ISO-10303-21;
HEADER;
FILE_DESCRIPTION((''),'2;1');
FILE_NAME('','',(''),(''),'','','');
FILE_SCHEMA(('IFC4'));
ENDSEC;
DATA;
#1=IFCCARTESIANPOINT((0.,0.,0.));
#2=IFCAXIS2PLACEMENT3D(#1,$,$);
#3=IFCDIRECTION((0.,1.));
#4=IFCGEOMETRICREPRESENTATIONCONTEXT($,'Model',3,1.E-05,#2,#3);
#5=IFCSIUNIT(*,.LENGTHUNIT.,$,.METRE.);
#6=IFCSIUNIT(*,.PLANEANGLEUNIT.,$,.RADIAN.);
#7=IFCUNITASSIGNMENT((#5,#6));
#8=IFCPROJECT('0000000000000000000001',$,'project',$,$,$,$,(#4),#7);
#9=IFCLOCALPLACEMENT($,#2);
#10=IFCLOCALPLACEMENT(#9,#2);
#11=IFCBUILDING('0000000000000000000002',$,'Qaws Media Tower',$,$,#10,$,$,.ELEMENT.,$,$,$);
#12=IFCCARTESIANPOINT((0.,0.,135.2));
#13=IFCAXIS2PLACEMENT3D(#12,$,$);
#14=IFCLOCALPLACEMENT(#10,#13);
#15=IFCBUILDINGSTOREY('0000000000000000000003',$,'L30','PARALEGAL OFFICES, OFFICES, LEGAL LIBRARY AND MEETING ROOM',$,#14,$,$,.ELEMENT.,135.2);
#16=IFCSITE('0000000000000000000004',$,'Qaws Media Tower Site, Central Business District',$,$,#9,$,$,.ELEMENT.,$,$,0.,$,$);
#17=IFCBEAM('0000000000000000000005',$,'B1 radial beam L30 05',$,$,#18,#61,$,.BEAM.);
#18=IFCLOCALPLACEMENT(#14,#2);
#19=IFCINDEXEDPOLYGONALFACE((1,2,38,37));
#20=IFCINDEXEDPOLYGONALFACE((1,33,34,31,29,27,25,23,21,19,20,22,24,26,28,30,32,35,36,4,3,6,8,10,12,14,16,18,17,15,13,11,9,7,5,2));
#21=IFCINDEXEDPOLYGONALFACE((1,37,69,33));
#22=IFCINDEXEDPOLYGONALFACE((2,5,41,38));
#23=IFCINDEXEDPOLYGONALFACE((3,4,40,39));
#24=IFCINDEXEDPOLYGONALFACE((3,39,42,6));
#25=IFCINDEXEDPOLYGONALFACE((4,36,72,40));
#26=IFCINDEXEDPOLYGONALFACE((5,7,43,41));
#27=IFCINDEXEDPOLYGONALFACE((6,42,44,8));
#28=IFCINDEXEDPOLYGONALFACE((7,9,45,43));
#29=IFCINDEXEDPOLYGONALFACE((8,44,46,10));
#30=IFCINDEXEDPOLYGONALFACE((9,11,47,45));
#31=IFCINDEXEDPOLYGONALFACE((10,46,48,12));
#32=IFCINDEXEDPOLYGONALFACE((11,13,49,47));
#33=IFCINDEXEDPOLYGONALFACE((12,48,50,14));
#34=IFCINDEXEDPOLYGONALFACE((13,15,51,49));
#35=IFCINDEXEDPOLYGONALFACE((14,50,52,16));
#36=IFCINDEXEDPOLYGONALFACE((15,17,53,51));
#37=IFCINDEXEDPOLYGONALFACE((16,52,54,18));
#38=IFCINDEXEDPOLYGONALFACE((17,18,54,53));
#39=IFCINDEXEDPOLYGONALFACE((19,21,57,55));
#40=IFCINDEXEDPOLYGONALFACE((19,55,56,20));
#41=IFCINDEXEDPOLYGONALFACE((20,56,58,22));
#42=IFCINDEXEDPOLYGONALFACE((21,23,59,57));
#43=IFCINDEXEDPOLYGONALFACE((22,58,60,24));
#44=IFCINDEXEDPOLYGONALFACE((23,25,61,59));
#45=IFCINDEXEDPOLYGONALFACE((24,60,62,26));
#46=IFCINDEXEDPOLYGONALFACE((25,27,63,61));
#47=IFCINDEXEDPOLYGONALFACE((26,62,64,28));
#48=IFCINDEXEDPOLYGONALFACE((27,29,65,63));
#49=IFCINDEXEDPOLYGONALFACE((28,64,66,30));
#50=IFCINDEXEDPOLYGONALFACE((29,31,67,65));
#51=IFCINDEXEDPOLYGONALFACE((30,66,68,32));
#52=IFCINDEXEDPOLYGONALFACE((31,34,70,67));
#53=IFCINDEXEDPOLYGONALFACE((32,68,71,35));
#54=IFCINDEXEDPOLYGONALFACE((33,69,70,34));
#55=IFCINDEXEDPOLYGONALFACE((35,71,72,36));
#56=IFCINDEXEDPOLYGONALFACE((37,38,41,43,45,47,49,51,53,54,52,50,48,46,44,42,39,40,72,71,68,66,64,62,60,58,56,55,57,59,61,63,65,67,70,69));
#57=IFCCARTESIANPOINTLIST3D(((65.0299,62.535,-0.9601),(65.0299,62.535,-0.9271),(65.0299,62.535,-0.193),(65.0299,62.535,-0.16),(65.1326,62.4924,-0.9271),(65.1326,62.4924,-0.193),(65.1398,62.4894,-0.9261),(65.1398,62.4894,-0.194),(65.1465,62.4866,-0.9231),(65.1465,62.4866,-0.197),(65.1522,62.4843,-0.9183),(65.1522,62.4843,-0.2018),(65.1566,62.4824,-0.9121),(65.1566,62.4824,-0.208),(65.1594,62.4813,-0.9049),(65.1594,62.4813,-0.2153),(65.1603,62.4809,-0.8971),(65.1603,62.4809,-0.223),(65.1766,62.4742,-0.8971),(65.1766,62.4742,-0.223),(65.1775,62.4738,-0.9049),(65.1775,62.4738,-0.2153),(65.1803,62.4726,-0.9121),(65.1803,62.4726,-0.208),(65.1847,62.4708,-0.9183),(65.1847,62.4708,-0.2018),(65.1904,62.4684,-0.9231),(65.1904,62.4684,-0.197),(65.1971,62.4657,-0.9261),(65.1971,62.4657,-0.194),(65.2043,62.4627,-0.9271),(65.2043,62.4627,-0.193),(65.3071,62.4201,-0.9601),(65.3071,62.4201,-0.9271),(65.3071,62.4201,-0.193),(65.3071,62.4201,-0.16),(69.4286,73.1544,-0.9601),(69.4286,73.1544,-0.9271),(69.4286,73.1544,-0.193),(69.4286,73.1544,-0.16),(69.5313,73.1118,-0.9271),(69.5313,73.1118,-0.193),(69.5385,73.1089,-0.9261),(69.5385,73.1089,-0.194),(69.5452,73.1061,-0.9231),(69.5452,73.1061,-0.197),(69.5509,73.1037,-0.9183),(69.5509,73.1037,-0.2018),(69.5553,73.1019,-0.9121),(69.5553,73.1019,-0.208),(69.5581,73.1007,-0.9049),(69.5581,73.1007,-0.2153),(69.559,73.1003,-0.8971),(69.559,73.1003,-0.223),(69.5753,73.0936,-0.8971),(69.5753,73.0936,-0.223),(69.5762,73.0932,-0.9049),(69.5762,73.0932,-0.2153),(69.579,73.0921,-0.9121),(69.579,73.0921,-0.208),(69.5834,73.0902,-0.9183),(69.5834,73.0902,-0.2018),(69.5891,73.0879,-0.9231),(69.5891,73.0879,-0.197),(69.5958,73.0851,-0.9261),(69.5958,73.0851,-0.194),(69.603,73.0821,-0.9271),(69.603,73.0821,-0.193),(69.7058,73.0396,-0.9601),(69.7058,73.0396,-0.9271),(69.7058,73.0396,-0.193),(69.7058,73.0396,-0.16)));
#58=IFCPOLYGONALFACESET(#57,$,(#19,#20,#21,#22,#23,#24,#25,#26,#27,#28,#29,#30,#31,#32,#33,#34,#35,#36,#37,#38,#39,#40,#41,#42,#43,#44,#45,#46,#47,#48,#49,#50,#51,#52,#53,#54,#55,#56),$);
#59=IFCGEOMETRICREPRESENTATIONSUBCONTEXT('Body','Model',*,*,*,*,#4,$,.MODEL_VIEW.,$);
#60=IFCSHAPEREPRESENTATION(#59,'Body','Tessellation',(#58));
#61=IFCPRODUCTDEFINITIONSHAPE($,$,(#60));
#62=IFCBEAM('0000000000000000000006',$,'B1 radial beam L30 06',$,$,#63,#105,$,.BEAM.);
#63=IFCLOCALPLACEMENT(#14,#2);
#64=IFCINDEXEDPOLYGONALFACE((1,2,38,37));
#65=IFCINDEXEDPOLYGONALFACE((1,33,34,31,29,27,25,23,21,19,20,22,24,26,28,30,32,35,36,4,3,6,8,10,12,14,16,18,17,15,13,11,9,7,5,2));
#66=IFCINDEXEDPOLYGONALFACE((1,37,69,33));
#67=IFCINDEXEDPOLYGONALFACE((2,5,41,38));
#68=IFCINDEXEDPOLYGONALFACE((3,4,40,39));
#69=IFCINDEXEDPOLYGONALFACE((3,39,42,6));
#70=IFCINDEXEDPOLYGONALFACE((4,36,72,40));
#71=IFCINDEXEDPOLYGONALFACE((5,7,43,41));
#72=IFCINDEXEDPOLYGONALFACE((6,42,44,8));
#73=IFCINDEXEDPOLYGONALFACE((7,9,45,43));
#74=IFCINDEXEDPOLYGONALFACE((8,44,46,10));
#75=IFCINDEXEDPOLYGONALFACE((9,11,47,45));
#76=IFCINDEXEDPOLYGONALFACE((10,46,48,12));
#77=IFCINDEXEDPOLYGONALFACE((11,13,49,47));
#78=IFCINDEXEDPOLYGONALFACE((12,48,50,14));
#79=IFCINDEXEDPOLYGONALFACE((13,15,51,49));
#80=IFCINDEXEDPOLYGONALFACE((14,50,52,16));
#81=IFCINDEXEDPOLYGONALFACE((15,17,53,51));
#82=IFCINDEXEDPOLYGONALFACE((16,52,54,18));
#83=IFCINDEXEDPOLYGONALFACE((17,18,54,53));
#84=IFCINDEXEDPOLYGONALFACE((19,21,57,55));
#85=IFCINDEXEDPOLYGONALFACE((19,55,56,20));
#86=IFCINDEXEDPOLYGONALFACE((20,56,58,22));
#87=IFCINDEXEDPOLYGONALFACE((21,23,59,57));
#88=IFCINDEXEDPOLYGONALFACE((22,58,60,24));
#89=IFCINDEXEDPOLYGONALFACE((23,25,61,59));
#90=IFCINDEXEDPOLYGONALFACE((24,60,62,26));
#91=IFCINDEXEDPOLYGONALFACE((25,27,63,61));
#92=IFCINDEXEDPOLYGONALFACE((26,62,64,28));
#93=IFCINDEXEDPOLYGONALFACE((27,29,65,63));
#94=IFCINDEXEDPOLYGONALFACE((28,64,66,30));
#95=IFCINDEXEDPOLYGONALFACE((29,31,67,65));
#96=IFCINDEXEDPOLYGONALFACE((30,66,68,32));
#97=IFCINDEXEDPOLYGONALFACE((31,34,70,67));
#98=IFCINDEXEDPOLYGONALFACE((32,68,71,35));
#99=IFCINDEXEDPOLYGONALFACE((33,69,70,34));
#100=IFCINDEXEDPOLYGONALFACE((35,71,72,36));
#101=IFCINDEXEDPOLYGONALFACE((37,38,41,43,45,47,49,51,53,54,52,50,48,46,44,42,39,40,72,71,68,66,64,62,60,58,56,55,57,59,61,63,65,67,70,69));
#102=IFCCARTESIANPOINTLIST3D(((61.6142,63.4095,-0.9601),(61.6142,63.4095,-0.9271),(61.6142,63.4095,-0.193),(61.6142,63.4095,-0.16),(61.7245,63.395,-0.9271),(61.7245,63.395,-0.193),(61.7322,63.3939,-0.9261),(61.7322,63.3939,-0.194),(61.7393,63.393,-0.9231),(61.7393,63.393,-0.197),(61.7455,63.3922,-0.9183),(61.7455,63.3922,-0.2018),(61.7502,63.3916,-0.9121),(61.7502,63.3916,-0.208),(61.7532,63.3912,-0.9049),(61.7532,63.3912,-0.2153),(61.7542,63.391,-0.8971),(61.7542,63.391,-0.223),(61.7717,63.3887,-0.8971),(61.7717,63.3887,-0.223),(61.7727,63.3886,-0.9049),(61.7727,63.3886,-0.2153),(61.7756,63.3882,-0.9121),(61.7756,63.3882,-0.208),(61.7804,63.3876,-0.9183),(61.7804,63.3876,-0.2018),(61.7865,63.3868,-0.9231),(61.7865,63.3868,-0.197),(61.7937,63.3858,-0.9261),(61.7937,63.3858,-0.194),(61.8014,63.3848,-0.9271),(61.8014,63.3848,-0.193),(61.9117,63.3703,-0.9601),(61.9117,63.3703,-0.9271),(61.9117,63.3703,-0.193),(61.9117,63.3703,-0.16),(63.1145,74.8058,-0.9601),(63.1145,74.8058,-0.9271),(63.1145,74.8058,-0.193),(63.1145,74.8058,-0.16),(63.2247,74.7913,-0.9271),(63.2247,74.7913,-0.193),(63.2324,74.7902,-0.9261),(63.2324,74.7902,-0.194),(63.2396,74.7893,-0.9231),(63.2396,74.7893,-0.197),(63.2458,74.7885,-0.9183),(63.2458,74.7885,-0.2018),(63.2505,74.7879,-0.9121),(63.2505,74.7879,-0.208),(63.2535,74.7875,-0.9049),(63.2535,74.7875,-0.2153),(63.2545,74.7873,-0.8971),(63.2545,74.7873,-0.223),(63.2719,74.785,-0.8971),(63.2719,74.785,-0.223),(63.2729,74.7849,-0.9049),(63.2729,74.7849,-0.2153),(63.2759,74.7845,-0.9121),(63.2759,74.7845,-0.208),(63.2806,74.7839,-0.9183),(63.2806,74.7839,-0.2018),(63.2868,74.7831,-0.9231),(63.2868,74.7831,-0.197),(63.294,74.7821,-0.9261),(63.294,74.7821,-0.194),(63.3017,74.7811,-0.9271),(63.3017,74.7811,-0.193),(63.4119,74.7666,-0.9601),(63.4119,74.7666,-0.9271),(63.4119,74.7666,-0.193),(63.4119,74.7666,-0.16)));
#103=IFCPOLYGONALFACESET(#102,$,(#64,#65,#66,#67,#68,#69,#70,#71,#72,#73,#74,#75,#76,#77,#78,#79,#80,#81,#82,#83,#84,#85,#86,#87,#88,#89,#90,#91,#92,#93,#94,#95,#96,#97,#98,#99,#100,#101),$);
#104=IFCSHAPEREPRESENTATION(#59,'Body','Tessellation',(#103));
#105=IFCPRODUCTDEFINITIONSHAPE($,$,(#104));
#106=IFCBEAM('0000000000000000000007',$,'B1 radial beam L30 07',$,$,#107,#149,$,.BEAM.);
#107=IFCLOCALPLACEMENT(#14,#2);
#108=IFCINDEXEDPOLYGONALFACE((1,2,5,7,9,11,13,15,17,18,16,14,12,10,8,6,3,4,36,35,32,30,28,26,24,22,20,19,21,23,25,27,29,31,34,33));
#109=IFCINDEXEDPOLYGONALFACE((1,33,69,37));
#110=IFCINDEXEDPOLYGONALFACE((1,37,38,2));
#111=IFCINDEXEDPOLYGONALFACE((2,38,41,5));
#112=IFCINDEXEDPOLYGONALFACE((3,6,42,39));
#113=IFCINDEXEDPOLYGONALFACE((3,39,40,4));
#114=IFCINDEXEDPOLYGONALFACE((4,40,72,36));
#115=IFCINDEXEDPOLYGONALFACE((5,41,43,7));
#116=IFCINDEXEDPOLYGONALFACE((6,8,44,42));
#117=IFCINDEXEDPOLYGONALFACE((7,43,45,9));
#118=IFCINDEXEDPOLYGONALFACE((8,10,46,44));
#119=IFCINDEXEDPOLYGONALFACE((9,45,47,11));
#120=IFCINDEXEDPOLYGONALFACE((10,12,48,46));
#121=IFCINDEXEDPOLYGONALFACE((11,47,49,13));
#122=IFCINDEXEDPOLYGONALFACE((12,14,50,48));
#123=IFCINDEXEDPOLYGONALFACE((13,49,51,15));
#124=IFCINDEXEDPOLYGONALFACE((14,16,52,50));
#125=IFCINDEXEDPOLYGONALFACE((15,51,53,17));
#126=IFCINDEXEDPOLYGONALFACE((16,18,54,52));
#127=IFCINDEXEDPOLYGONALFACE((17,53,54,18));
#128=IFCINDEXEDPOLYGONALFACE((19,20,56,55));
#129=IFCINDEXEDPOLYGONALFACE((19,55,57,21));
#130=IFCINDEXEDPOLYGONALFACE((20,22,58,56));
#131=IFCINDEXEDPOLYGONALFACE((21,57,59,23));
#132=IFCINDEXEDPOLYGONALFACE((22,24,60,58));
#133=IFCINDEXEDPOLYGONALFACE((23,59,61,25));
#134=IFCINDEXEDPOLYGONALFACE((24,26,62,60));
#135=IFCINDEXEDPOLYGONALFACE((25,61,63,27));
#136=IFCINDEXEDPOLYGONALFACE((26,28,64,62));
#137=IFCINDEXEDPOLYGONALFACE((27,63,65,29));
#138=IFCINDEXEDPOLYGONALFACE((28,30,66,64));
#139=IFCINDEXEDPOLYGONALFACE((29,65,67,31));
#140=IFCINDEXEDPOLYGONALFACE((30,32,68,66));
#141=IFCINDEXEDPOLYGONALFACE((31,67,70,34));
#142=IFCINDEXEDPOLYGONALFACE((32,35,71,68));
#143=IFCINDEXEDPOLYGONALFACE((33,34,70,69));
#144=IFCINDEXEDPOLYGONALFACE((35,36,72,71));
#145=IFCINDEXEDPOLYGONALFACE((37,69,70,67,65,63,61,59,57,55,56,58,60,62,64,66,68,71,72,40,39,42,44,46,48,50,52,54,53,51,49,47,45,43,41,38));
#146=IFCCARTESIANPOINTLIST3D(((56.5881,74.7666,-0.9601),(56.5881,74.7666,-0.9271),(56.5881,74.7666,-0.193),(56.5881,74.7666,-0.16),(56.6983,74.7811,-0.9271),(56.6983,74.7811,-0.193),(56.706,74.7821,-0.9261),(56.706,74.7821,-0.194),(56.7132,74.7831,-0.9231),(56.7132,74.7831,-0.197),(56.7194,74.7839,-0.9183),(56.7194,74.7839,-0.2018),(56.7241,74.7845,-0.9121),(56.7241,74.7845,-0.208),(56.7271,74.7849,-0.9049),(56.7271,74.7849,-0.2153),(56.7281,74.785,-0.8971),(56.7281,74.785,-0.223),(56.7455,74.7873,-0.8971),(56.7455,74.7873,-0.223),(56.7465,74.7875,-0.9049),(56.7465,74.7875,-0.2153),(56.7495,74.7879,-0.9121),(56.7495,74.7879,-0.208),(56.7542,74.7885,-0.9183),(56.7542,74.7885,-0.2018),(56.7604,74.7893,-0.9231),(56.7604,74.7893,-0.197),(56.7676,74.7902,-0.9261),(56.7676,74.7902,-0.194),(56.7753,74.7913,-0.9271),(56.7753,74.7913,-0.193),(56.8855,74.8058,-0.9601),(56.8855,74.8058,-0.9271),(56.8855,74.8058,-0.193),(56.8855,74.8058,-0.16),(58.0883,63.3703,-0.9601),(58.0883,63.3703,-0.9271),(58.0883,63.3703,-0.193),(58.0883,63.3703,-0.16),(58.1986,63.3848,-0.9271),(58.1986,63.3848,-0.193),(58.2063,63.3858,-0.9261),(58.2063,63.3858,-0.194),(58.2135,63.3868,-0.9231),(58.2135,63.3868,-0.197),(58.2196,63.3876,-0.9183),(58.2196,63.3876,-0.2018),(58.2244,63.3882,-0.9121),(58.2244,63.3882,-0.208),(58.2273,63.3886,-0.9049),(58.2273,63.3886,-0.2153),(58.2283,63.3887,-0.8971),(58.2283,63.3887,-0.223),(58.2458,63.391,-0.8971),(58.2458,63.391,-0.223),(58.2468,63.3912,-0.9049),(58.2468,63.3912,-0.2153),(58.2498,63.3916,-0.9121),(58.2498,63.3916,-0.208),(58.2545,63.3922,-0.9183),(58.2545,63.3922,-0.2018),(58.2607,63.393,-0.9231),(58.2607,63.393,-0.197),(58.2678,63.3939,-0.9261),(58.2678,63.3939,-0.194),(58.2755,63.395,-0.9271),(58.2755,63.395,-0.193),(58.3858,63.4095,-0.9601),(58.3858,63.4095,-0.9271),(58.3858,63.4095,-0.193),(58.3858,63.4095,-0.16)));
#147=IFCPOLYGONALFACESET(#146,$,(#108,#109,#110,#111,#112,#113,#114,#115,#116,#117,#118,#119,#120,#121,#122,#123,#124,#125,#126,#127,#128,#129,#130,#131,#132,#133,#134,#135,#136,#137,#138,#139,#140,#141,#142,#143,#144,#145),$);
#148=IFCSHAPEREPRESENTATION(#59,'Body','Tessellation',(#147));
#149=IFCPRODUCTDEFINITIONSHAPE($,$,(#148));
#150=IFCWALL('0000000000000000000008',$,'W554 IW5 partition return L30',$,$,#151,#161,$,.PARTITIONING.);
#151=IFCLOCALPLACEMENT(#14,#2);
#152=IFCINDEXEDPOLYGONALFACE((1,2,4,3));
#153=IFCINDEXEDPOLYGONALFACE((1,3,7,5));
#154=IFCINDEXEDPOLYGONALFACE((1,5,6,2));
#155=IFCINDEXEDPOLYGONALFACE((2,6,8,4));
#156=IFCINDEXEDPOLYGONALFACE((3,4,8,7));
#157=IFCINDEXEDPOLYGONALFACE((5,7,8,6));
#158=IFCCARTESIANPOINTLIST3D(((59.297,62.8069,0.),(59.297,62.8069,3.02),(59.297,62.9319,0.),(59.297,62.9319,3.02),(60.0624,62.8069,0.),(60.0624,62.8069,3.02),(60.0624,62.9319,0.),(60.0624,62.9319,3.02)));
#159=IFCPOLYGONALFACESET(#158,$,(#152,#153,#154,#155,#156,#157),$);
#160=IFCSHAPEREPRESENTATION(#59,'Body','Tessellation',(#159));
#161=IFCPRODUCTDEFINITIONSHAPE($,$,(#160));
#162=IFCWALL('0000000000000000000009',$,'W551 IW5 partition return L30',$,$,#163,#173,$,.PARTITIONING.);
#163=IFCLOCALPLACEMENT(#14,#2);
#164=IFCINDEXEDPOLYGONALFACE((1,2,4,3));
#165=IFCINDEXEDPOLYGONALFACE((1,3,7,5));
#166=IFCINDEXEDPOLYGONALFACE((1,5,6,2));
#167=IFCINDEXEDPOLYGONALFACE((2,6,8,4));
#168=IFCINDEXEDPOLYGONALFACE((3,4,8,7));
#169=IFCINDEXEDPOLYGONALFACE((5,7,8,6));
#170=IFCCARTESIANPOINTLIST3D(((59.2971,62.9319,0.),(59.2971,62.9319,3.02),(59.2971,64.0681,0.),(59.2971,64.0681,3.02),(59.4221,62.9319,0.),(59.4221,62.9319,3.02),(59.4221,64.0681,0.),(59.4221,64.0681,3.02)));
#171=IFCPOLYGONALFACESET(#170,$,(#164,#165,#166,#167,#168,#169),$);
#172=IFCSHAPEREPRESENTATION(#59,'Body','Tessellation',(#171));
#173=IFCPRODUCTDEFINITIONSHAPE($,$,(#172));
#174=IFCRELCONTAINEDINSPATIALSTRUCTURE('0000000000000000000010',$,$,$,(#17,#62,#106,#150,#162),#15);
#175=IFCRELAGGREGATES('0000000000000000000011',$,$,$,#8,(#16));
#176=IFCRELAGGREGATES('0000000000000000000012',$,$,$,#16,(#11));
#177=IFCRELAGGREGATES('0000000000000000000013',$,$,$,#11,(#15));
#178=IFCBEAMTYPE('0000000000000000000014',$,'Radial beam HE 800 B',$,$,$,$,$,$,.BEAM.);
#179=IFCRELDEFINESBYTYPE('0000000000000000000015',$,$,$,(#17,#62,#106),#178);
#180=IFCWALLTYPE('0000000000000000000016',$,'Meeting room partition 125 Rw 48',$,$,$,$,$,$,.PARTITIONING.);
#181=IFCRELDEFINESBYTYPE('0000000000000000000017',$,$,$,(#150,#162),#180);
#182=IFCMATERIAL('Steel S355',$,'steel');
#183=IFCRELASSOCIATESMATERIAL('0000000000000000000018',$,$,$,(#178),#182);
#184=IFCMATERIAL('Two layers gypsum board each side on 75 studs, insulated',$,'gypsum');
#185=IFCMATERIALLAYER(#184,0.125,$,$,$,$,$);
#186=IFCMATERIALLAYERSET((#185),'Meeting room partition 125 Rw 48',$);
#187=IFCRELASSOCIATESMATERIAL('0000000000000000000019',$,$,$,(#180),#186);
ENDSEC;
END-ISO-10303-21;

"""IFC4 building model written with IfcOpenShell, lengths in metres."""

from ifc_helpers import new_model, si_unit, direction, frame, frame_2d, origin, origin_2d, place, context, subcontext, project, spatial, rectangle, i_section, extrude, material, layer, layer_set, material_profile, profile_set, type_object, element, save


model = new_model("IFC4")

# Units and contexts
model_context = context("Model", 3, precision=1e-05, world=origin(), true_north=direction((0.0, 1.0)))
body_context = subcontext(model_context, "Body", "Model", "MODEL_VIEW")
ifc_project = project(units=[si_unit("LENGTHUNIT", "METRE"), si_unit("PLANEANGLEUNIT", "RADIAN")], contexts=[model_context])

# Site, building, storey
site_placement = place(None, origin())
site = spatial("IfcSite", under=ifc_project, at=site_placement, Name="Qaws Media Tower Site, Central Business District", CompositionType="ELEMENT", RefElevation=0.0)
building_placement = place(site_placement, origin())
building = spatial("IfcBuilding", under=site, at=building_placement, Name="Qaws Media Tower", CompositionType="ELEMENT")
storey_placement = place(building_placement, frame((0.0, 0.0, 135.2)))
storey = spatial("IfcBuildingStorey", under=building, at=storey_placement, Name="L30", Description="PARALEGAL OFFICES, OFFICES, LEGAL LIBRARY AND MEETING ROOM", CompositionType="ELEMENT", Elevation=135.2)

# Beams
ifc_material_1 = material(Name="Steel S355", Category="steel")
ifc_material_profile_1 = material_profile(ifc_material_1, i_section(OverallWidth=0.3, OverallDepth=0.8, WebThickness=0.0176, FlangeThickness=0.033, FilletRadius=0.03, at=origin_2d()), Name="HE 800 B")
ifc_profile_set_1 = profile_set([ifc_material_profile_1], Name="Steel S355")
beam_type_1 = type_object("IfcBeamType", Name="Radial beam HE 800 B", PredefinedType="BEAM", material=ifc_profile_set_1)
for number, where, z_axis, x_axis, name in (
    (1, (65.1685, 62.4775, -0.5601), (0.382683, 0.92388, 0.0), (-0.92388, 0.382683, 0.0), "B1 radial beam L30 05"),
):
    element("IfcBeam", number, at=place(storey_placement, frame(where, z_axis=z_axis, x_axis=x_axis)), inside=storey, type_object=beam_type_1, Name=name, PredefinedType="BEAM", context=body_context, shape_type="SweptSolid", body=[
        extrude(i_section(OverallWidth=0.3, OverallDepth=0.8, WebThickness=0.0176, FlangeThickness=0.033, FilletRadius=0.03, at=origin_2d()), origin(), (0.0, 0.0, 1.0), 11.4944),
    ])
for number, where, z_axis, x_axis, name in (
    (2, (61.7629, 63.3899, -0.5601), (0.130518, 0.991446, 0.0), (-0.991446, 0.130518, 0.0), "B1 radial beam L30 06"),
    (3, (58.2371, 63.3899, -0.5601), (-0.130518, 0.991446, 0.0), (-0.991446, -0.130518, 0.0), "B1 radial beam L30 07"),
):
    element("IfcBeam", number, at=place(storey_placement, frame(where, z_axis=z_axis, x_axis=x_axis)), inside=storey, type_object=beam_type_1, Name=name, PredefinedType="BEAM", context=body_context, shape_type="SweptSolid", body=[
        extrude(i_section(OverallWidth=0.3, OverallDepth=0.8, WebThickness=0.0176, FlangeThickness=0.033, FilletRadius=0.03, at=origin_2d()), origin(), (0.0, 0.0, 1.0), 11.4946),
    ])

# Walls
ifc_material_2 = material(Name="Two layers gypsum board each side on 75 studs, insulated", Category="gypsum")
ifc_layer_1 = layer(ifc_material_2, 0.125)
ifc_layer_set_1 = layer_set([ifc_layer_1], Name="Meeting room partition 125 Rw 48")
wall_type_1 = type_object("IfcWallType", Name="Meeting room partition 125 Rw 48", PredefinedType="PARTITIONING", material=ifc_layer_set_1)
wall_1_placement = place(storey_placement, frame((60.0625, 62.8694, 0.0), z_axis=(0.0, 0.0, 1.0), x_axis=(-1.0, 0.0, 0.0)))
element("IfcWall", 4, at=wall_1_placement, inside=storey, type_object=wall_type_1, Name="W554 IW5 partition return L30", PredefinedType="PARTITIONING", context=body_context, shape_type="SweptSolid", body=[
    extrude(rectangle(XDim=0.7654, YDim=0.125, at=frame_2d((0.3828, 0.0))), origin(), (0.0, 0.0, 1.0), 3.02),
])
wall_2_placement = place(storey_placement, frame((59.3596, 62.9319, 0.0), z_axis=(0.0, 0.0, 1.0), x_axis=(0.0, 1.0, 0.0)))
element("IfcWall", 5, at=wall_2_placement, inside=storey, type_object=wall_type_1, Name="W551 IW5 partition return L30", PredefinedType="PARTITIONING", context=body_context, shape_type="SweptSolid", body=[
    extrude(rectangle(XDim=1.1362, YDim=0.125, at=frame_2d((0.5681, 0.0))), origin(), (0.0, 0.0, 1.0), 3.02),
])

save(model, "model.ifc")
